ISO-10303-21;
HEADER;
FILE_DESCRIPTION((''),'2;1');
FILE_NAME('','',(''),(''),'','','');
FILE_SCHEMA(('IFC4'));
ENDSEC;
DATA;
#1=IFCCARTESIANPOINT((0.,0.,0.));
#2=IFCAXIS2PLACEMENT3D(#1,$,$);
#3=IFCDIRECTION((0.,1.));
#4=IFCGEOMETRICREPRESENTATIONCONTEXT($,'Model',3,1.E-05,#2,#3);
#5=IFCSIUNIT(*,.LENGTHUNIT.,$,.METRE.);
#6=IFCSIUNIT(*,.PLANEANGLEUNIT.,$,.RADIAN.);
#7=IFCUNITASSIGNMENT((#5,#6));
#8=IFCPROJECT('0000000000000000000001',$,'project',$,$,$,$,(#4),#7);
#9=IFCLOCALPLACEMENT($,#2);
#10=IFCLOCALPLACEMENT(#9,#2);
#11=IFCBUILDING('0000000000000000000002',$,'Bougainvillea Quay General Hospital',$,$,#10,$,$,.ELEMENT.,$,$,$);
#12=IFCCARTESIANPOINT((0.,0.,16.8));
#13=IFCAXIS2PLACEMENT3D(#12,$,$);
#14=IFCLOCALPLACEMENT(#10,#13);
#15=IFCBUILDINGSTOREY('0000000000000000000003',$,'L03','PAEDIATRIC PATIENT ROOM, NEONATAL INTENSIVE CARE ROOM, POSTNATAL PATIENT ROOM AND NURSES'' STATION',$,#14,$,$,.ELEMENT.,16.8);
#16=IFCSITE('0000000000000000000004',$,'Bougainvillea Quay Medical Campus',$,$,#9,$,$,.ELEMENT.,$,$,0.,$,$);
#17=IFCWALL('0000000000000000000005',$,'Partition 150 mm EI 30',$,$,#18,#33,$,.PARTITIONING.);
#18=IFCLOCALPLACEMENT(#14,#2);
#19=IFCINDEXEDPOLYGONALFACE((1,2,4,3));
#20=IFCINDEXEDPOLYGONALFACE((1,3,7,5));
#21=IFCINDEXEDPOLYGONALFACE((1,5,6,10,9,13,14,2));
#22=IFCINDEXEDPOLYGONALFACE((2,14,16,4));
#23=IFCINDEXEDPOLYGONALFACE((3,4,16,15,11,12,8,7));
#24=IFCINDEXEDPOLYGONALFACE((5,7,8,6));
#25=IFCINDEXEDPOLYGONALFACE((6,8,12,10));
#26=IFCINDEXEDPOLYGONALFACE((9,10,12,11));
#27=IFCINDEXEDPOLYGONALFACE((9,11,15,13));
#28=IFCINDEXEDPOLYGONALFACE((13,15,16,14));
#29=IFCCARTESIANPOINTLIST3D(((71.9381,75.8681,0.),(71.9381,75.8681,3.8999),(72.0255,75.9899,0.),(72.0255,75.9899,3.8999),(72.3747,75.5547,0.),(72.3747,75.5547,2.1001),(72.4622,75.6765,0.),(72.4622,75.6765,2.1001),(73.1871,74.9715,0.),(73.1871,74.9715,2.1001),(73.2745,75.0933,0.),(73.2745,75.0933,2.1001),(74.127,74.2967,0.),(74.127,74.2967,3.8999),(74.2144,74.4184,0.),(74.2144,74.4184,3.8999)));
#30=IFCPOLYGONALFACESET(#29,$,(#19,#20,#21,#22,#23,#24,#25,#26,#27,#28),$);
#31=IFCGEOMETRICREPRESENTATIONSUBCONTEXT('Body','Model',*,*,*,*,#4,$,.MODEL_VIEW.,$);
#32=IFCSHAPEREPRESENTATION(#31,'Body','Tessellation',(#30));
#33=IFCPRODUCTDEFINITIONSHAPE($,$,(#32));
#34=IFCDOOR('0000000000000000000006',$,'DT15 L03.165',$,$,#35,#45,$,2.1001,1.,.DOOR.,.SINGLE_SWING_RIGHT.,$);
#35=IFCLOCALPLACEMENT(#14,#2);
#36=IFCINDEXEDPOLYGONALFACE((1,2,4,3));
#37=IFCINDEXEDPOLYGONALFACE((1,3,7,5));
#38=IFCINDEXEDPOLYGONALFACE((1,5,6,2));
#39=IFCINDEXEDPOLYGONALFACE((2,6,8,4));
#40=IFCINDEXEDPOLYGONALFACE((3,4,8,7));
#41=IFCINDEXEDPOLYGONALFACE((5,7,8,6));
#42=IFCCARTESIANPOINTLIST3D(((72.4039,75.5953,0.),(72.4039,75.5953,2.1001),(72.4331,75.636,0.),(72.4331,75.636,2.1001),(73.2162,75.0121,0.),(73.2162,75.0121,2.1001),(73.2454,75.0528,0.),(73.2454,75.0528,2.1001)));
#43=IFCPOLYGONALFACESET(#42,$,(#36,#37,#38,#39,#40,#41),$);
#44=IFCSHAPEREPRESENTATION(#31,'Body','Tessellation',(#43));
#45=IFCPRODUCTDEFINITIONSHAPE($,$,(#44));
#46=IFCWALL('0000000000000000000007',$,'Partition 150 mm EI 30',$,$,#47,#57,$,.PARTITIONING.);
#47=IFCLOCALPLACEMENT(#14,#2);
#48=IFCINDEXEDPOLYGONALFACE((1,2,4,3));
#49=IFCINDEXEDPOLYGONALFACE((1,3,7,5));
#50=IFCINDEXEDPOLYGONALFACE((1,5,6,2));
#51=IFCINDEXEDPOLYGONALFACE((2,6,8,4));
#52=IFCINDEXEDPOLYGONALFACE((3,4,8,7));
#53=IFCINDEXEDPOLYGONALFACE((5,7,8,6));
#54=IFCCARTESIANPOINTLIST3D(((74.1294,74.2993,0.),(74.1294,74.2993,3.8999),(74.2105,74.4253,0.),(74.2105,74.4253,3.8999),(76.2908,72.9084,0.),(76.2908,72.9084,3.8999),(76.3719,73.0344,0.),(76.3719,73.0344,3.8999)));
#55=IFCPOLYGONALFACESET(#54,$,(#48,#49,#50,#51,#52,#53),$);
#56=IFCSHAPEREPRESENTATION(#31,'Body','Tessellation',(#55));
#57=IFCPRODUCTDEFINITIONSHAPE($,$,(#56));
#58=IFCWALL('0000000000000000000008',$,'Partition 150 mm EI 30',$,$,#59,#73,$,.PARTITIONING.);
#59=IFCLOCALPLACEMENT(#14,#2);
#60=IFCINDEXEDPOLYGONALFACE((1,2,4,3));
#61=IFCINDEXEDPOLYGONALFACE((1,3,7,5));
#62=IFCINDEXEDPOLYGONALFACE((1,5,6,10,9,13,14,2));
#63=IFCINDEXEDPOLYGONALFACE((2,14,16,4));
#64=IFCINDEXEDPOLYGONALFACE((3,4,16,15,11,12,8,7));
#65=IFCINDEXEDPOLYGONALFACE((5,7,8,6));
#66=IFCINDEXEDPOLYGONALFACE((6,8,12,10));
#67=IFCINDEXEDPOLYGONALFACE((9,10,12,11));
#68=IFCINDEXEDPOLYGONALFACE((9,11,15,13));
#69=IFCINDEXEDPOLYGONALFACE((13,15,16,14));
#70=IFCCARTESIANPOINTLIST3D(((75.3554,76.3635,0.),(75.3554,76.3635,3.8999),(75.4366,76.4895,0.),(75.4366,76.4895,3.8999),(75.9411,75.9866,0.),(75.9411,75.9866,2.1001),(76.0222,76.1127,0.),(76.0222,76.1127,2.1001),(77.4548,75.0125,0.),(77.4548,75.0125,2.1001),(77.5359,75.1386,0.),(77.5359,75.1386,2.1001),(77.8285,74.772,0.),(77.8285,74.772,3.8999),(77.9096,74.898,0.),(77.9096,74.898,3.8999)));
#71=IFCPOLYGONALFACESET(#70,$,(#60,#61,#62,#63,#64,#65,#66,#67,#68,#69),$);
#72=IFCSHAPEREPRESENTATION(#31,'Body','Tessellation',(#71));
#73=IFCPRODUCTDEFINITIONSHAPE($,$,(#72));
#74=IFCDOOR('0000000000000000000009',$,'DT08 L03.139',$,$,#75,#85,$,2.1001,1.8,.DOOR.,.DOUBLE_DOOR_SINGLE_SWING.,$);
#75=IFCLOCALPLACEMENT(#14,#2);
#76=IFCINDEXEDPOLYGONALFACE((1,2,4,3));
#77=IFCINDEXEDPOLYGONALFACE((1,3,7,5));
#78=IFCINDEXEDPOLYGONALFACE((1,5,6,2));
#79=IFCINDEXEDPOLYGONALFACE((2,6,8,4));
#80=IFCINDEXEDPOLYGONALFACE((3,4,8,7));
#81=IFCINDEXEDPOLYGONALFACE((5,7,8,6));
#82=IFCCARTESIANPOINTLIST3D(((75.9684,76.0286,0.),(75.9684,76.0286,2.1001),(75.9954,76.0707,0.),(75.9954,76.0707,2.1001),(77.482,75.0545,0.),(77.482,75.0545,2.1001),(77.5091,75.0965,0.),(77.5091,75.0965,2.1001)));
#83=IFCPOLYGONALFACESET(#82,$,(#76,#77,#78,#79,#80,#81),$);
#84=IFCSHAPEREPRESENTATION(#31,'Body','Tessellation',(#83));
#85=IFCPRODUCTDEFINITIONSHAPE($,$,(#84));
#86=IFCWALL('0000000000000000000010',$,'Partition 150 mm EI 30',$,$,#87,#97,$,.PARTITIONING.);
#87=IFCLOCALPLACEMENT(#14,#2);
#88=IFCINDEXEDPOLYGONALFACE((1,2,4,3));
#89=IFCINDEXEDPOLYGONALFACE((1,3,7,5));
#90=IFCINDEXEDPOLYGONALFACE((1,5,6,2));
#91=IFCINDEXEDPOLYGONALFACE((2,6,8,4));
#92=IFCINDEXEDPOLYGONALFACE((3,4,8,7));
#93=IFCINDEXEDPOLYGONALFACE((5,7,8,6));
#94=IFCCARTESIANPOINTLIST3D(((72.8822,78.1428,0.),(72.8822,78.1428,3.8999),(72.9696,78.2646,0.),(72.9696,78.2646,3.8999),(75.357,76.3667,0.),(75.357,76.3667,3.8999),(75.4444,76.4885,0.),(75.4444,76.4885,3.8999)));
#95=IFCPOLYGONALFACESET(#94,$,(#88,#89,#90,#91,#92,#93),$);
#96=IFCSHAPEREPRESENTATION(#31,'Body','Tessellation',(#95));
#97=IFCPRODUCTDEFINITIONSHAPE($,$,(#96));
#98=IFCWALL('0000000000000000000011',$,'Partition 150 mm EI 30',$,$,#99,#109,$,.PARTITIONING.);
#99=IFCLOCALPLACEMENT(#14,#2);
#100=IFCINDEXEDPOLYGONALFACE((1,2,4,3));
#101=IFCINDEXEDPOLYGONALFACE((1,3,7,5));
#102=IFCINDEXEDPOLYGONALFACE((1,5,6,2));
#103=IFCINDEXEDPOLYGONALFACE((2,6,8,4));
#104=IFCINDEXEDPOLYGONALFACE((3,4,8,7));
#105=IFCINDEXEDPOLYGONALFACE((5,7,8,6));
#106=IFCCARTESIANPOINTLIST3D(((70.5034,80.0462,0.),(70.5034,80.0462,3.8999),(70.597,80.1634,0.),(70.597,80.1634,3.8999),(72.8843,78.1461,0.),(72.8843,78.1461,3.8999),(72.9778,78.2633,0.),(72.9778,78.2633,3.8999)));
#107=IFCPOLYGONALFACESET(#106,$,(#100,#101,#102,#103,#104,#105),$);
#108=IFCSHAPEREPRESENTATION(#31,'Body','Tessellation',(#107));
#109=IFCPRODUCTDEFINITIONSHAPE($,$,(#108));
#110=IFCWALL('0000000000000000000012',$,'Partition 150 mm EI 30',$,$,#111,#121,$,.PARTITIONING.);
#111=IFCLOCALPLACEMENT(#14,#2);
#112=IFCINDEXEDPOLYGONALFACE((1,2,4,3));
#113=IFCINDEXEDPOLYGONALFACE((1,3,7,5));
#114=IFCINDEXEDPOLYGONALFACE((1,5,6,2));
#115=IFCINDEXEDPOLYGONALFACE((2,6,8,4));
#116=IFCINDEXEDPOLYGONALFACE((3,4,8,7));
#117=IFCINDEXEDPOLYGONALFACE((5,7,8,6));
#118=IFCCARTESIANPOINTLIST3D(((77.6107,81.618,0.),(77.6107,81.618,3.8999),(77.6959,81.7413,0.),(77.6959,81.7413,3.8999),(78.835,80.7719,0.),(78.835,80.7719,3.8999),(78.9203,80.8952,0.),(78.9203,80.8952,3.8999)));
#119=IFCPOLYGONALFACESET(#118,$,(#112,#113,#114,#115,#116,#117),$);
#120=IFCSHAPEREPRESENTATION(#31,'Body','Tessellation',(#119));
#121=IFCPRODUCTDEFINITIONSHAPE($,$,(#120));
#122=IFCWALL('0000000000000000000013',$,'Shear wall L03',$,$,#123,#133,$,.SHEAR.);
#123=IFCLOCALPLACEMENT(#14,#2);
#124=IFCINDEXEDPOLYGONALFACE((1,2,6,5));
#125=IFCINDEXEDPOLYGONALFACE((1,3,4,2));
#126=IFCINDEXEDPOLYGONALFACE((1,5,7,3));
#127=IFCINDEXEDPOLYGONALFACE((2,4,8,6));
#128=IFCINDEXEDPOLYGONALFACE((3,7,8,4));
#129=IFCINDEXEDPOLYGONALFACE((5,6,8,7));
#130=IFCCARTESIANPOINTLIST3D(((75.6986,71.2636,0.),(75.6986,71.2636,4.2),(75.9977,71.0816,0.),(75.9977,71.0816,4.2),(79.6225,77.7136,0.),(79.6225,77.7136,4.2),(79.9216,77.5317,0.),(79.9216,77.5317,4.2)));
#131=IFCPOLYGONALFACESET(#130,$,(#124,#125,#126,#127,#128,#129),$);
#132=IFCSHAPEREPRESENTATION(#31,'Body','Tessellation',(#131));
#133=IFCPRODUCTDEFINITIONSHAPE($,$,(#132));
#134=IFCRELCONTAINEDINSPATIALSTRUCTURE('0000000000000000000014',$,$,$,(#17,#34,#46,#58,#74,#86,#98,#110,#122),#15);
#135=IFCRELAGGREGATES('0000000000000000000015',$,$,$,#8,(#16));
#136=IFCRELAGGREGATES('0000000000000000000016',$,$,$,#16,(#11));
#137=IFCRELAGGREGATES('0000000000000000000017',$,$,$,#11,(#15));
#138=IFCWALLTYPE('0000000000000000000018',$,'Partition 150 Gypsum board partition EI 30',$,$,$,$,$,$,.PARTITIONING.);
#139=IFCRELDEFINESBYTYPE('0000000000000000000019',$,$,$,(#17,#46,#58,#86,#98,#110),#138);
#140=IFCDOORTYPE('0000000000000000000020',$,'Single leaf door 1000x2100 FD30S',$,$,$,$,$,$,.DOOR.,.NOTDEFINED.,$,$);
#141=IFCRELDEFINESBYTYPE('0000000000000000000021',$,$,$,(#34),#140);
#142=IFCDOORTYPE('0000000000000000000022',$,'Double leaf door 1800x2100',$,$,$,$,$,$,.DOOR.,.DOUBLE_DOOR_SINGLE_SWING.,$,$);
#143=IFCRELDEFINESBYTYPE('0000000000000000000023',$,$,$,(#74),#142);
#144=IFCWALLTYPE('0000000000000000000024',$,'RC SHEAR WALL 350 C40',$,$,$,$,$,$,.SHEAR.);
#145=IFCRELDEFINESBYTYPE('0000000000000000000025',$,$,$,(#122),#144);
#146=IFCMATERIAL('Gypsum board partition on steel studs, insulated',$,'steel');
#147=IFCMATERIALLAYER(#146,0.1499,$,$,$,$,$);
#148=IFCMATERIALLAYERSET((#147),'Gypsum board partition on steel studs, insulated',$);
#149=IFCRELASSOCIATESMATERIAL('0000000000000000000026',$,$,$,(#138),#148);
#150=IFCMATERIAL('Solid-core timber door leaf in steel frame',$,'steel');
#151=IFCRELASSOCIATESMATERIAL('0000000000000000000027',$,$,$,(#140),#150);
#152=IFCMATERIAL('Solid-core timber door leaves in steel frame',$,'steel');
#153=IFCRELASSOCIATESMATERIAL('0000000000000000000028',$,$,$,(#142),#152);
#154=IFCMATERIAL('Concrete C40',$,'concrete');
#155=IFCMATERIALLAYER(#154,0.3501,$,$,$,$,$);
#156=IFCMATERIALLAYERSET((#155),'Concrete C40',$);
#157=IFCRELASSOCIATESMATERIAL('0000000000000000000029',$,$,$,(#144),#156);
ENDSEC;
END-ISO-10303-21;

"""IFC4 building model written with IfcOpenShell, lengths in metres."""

from ifc_helpers import new_model, si_unit, direction, frame, frame_2d, origin, place, context, subcontext, project, spatial, rectangle, extrude, material, layer, layer_set, type_object, element, fill, save


model = new_model("IFC4")

# Units and contexts
model_context = context("Model", 3, precision=1e-05, world=origin(), true_north=direction((0.0, 1.0)))
body_context = subcontext(model_context, "Body", "Model", "MODEL_VIEW")
ifc_project = project(units=[si_unit("LENGTHUNIT", "METRE"), si_unit("PLANEANGLEUNIT", "RADIAN")], contexts=[model_context])

# Site, building, storey
site_placement = place(None, origin())
site = spatial("IfcSite", under=ifc_project, at=site_placement, Name="Bougainvillea Quay Medical Campus", CompositionType="ELEMENT", RefElevation=0.0)
building_placement = place(site_placement, origin())
building = spatial("IfcBuilding", under=site, at=building_placement, Name="Bougainvillea Quay General Hospital", CompositionType="ELEMENT")
storey_placement = place(building_placement, frame((0.0, 0.0, 16.8)))
storey = spatial("IfcBuildingStorey", under=building, at=storey_placement, Name="L03", Description="PAEDIATRIC PATIENT ROOM, NEONATAL INTENSIVE CARE ROOM, POSTNATAL PATIENT ROOM AND NURSES' STATION", CompositionType="ELEMENT", Elevation=16.8)

# Shared definitions
ifc_material_1 = material(Name="Concrete C40", Category="concrete")

# Wall, opening, door
ifc_material_2 = material(Name="Gypsum board partition on steel studs, insulated", Category="steel")
ifc_layer_1 = layer(ifc_material_2, 0.1499)
ifc_layer_set_1 = layer_set([ifc_layer_1], Name="Gypsum board partition on steel studs, insulated")
wall_type_1 = type_object("IfcWallType", Name="Partition 150 Gypsum board partition EI 30", PredefinedType="PARTITIONING", material=ifc_layer_set_1)
wall_1_placement = place(storey_placement, frame((71.9819, 75.929, 0.0), z_axis=(0.0, 0.0, 1.0), x_axis=(0.812329, -0.583199, 0.0)))
wall_1 = element("IfcWall", 1, at=wall_1_placement, inside=storey, type_object=wall_type_1, Name="Partition 150 mm EI 30", PredefinedType="PARTITIONING", context=body_context, shape_type="SweptSolid", body=[
    extrude(rectangle(XDim=2.6946, YDim=0.1499, at=frame_2d((1.3472, 0.0))), origin(), (0.0, 0.0, 1.0), 3.8999),
])
opening_1_placement = place(wall_1_placement, frame((0.5374, 0.0, 0.0)))
opening_1 = element("IfcOpeningElement", 2, at=opening_1_placement, cuts=wall_1, PredefinedType="OPENING", context=body_context, shape_type="SweptSolid", body=[
    extrude(rectangle(XDim=1.0, YDim=2.1001, at=frame_2d((0.5, 1.05))), frame((0.0, 0.085, 0.0), z_axis=(0.0, -1.0, 0.0), x_axis=(1.0, 0.0, 0.0)), (0.0, 0.0, 1.0), 0.1699),
])
ifc_material_3 = material(Name="Solid-core timber door leaf in steel frame", Category="steel")
door_type_1 = type_object("IfcDoorType", Name="Single leaf door 1000x2100 FD30S", OperationType="NOTDEFINED", PredefinedType="DOOR", material=ifc_material_3)
door_1_placement = place(opening_1_placement, frame((1.0, 0.0, 0.0), z_axis=(0.0, 0.0, 1.0), x_axis=(-1.0, 0.0, 0.0)))
door_1 = element("IfcDoor", 3, at=door_1_placement, inside=storey, type_object=door_type_1, Name="DT15 L03.165", OperationType="SINGLE_SWING_RIGHT", OverallHeight=2.1001, OverallWidth=1.0, PredefinedType="DOOR", context=body_context, shape_type="SweptSolid", body=[
    extrude(rectangle(XDim=1.0, YDim=2.1001, at=frame_2d((0.5, 1.05))), frame((0.0, 0.0249, 0.0), z_axis=(0.0, -1.0, 0.0), x_axis=(1.0, 0.0, 0.0)), (0.0, 0.0, 1.0), 0.05),
])
fill(opening_1, door_1)

# Wall
wall_2_placement = place(storey_placement, frame((74.1699, 74.3623, 0.0), z_axis=(0.0, 0.0, 1.0), x_axis=(0.840928, -0.541146, 0.0)))
element("IfcWall", 4, at=wall_2_placement, inside=storey, type_object=wall_type_1, Name="Partition 150 mm EI 30", PredefinedType="PARTITIONING", context=body_context, shape_type="SweptSolid", body=[
    extrude(rectangle(XDim=2.5703, YDim=0.1499, at=frame_2d((1.2852, 0.0))), origin(), (0.0, 0.0, 1.0), 3.8999),
])

# Wall, opening, door
wall_3_placement = place(storey_placement, frame((75.396, 76.4265, 0.0), z_axis=(0.0, 0.0, 1.0), x_axis=(0.840919, -0.54116, 0.0)))
wall_3 = element("IfcWall", 5, at=wall_3_placement, inside=storey, type_object=wall_type_1, Name="Partition 150 mm EI 30", PredefinedType="PARTITIONING", context=body_context, shape_type="SweptSolid", body=[
    extrude(rectangle(XDim=2.9409, YDim=0.1499, at=frame_2d((1.4705, 0.0))), origin(), (0.0, 0.0, 1.0), 3.8999),
])
opening_2_placement = place(wall_3_placement, frame((0.6965, 0.0, 0.0)))
opening_2 = element("IfcOpeningElement", 6, at=opening_2_placement, cuts=wall_3, PredefinedType="OPENING", context=body_context, shape_type="SweptSolid", body=[
    extrude(rectangle(XDim=1.8, YDim=2.1001, at=frame_2d((0.8999, 1.05))), frame((0.0, 0.085, 0.0), z_axis=(0.0, -1.0, 0.0), x_axis=(1.0, 0.0, 0.0)), (0.0, 0.0, 1.0), 0.1699),
])
ifc_material_4 = material(Name="Solid-core timber door leaves in steel frame", Category="steel")
door_type_2 = type_object("IfcDoorType", Name="Double leaf door 1800x2100", OperationType="DOUBLE_DOOR_SINGLE_SWING", PredefinedType="DOOR", material=ifc_material_4)
door_2_placement = place(opening_2_placement, frame((1.8, 0.0, 0.0), z_axis=(0.0, 0.0, 1.0), x_axis=(-1.0, 0.0, 0.0)))
door_2 = element("IfcDoor", 7, at=door_2_placement, inside=storey, type_object=door_type_2, Name="DT08 L03.139", OperationType="DOUBLE_DOOR_SINGLE_SWING", OverallHeight=2.1001, OverallWidth=1.8, PredefinedType="DOOR", context=body_context, shape_type="SweptSolid", body=[
    extrude(rectangle(XDim=1.8, YDim=2.1001, at=frame_2d((0.8999, 1.05))), frame((0.0, 0.0249, 0.0), z_axis=(0.0, -1.0, 0.0), x_axis=(1.0, 0.0, 0.0)), (0.0, 0.0, 1.0), 0.05),
])
fill(opening_2, door_2)

# Walls
for number, where, z_axis, x_axis, name in (
    (8, (72.926, 78.2036, 0.0), (0.0, 0.0, 1.0), (0.812432, -0.583056, 0.0), "Partition 150 mm EI 30"),
    (9, (70.5503, 80.1047, 0.0), (0.0, 0.0, 1.0), (0.781595, -0.623786, 0.0), "Partition 150 mm EI 30"),
):
    element("IfcWall", number, at=place(storey_placement, frame(where, z_axis=z_axis, x_axis=x_axis)), inside=storey, type_object=wall_type_1, Name=name, PredefinedType="PARTITIONING", context=body_context, shape_type="SweptSolid", body=[
        extrude(rectangle(XDim=3.0461, YDim=0.1499, at=frame_2d((1.5229, 0.0))), origin(), (0.0, 0.0, 1.0), 3.8999),
    ])
wall_4_placement = place(storey_placement, frame((77.6533, 81.6797, 0.0), z_axis=(0.0, 0.0, 1.0), x_axis=(0.822647, -0.568553, 0.0)))
element("IfcWall", 10, at=wall_4_placement, inside=storey, type_object=wall_type_1, Name="Partition 150 mm EI 30", PredefinedType="PARTITIONING", context=body_context, shape_type="SweptSolid", body=[
    extrude(rectangle(XDim=1.4883, YDim=0.1499, at=frame_2d((0.7441, 0.0))), origin(), (0.0, 0.0, 1.0), 3.8999),
])
ifc_layer_2 = layer(ifc_material_1, 0.3501)
ifc_layer_set_2 = layer_set([ifc_layer_2], Name="Concrete C40")
wall_type_2 = type_object("IfcWallType", Name="RC SHEAR WALL 350 C40", PredefinedType="SHEAR", material=ifc_layer_set_2)
wall_5_placement = place(storey_placement, frame((75.8481, 71.1726, 0.0), z_axis=(0.0, 0.0, 1.0), x_axis=(0.519731, 0.85433, 0.0)))
element("IfcWall", 11, at=wall_5_placement, inside=storey, type_object=wall_type_2, Name="Shear wall L03", PredefinedType="SHEAR", context=body_context, shape_type="SweptSolid", body=[
    extrude(rectangle(XDim=7.5498, YDim=0.3501, at=frame_2d((3.7749, 0.0))), origin(), (0.0, 0.0, 1.0), 4.2),
])

save(model, "model.ifc")
